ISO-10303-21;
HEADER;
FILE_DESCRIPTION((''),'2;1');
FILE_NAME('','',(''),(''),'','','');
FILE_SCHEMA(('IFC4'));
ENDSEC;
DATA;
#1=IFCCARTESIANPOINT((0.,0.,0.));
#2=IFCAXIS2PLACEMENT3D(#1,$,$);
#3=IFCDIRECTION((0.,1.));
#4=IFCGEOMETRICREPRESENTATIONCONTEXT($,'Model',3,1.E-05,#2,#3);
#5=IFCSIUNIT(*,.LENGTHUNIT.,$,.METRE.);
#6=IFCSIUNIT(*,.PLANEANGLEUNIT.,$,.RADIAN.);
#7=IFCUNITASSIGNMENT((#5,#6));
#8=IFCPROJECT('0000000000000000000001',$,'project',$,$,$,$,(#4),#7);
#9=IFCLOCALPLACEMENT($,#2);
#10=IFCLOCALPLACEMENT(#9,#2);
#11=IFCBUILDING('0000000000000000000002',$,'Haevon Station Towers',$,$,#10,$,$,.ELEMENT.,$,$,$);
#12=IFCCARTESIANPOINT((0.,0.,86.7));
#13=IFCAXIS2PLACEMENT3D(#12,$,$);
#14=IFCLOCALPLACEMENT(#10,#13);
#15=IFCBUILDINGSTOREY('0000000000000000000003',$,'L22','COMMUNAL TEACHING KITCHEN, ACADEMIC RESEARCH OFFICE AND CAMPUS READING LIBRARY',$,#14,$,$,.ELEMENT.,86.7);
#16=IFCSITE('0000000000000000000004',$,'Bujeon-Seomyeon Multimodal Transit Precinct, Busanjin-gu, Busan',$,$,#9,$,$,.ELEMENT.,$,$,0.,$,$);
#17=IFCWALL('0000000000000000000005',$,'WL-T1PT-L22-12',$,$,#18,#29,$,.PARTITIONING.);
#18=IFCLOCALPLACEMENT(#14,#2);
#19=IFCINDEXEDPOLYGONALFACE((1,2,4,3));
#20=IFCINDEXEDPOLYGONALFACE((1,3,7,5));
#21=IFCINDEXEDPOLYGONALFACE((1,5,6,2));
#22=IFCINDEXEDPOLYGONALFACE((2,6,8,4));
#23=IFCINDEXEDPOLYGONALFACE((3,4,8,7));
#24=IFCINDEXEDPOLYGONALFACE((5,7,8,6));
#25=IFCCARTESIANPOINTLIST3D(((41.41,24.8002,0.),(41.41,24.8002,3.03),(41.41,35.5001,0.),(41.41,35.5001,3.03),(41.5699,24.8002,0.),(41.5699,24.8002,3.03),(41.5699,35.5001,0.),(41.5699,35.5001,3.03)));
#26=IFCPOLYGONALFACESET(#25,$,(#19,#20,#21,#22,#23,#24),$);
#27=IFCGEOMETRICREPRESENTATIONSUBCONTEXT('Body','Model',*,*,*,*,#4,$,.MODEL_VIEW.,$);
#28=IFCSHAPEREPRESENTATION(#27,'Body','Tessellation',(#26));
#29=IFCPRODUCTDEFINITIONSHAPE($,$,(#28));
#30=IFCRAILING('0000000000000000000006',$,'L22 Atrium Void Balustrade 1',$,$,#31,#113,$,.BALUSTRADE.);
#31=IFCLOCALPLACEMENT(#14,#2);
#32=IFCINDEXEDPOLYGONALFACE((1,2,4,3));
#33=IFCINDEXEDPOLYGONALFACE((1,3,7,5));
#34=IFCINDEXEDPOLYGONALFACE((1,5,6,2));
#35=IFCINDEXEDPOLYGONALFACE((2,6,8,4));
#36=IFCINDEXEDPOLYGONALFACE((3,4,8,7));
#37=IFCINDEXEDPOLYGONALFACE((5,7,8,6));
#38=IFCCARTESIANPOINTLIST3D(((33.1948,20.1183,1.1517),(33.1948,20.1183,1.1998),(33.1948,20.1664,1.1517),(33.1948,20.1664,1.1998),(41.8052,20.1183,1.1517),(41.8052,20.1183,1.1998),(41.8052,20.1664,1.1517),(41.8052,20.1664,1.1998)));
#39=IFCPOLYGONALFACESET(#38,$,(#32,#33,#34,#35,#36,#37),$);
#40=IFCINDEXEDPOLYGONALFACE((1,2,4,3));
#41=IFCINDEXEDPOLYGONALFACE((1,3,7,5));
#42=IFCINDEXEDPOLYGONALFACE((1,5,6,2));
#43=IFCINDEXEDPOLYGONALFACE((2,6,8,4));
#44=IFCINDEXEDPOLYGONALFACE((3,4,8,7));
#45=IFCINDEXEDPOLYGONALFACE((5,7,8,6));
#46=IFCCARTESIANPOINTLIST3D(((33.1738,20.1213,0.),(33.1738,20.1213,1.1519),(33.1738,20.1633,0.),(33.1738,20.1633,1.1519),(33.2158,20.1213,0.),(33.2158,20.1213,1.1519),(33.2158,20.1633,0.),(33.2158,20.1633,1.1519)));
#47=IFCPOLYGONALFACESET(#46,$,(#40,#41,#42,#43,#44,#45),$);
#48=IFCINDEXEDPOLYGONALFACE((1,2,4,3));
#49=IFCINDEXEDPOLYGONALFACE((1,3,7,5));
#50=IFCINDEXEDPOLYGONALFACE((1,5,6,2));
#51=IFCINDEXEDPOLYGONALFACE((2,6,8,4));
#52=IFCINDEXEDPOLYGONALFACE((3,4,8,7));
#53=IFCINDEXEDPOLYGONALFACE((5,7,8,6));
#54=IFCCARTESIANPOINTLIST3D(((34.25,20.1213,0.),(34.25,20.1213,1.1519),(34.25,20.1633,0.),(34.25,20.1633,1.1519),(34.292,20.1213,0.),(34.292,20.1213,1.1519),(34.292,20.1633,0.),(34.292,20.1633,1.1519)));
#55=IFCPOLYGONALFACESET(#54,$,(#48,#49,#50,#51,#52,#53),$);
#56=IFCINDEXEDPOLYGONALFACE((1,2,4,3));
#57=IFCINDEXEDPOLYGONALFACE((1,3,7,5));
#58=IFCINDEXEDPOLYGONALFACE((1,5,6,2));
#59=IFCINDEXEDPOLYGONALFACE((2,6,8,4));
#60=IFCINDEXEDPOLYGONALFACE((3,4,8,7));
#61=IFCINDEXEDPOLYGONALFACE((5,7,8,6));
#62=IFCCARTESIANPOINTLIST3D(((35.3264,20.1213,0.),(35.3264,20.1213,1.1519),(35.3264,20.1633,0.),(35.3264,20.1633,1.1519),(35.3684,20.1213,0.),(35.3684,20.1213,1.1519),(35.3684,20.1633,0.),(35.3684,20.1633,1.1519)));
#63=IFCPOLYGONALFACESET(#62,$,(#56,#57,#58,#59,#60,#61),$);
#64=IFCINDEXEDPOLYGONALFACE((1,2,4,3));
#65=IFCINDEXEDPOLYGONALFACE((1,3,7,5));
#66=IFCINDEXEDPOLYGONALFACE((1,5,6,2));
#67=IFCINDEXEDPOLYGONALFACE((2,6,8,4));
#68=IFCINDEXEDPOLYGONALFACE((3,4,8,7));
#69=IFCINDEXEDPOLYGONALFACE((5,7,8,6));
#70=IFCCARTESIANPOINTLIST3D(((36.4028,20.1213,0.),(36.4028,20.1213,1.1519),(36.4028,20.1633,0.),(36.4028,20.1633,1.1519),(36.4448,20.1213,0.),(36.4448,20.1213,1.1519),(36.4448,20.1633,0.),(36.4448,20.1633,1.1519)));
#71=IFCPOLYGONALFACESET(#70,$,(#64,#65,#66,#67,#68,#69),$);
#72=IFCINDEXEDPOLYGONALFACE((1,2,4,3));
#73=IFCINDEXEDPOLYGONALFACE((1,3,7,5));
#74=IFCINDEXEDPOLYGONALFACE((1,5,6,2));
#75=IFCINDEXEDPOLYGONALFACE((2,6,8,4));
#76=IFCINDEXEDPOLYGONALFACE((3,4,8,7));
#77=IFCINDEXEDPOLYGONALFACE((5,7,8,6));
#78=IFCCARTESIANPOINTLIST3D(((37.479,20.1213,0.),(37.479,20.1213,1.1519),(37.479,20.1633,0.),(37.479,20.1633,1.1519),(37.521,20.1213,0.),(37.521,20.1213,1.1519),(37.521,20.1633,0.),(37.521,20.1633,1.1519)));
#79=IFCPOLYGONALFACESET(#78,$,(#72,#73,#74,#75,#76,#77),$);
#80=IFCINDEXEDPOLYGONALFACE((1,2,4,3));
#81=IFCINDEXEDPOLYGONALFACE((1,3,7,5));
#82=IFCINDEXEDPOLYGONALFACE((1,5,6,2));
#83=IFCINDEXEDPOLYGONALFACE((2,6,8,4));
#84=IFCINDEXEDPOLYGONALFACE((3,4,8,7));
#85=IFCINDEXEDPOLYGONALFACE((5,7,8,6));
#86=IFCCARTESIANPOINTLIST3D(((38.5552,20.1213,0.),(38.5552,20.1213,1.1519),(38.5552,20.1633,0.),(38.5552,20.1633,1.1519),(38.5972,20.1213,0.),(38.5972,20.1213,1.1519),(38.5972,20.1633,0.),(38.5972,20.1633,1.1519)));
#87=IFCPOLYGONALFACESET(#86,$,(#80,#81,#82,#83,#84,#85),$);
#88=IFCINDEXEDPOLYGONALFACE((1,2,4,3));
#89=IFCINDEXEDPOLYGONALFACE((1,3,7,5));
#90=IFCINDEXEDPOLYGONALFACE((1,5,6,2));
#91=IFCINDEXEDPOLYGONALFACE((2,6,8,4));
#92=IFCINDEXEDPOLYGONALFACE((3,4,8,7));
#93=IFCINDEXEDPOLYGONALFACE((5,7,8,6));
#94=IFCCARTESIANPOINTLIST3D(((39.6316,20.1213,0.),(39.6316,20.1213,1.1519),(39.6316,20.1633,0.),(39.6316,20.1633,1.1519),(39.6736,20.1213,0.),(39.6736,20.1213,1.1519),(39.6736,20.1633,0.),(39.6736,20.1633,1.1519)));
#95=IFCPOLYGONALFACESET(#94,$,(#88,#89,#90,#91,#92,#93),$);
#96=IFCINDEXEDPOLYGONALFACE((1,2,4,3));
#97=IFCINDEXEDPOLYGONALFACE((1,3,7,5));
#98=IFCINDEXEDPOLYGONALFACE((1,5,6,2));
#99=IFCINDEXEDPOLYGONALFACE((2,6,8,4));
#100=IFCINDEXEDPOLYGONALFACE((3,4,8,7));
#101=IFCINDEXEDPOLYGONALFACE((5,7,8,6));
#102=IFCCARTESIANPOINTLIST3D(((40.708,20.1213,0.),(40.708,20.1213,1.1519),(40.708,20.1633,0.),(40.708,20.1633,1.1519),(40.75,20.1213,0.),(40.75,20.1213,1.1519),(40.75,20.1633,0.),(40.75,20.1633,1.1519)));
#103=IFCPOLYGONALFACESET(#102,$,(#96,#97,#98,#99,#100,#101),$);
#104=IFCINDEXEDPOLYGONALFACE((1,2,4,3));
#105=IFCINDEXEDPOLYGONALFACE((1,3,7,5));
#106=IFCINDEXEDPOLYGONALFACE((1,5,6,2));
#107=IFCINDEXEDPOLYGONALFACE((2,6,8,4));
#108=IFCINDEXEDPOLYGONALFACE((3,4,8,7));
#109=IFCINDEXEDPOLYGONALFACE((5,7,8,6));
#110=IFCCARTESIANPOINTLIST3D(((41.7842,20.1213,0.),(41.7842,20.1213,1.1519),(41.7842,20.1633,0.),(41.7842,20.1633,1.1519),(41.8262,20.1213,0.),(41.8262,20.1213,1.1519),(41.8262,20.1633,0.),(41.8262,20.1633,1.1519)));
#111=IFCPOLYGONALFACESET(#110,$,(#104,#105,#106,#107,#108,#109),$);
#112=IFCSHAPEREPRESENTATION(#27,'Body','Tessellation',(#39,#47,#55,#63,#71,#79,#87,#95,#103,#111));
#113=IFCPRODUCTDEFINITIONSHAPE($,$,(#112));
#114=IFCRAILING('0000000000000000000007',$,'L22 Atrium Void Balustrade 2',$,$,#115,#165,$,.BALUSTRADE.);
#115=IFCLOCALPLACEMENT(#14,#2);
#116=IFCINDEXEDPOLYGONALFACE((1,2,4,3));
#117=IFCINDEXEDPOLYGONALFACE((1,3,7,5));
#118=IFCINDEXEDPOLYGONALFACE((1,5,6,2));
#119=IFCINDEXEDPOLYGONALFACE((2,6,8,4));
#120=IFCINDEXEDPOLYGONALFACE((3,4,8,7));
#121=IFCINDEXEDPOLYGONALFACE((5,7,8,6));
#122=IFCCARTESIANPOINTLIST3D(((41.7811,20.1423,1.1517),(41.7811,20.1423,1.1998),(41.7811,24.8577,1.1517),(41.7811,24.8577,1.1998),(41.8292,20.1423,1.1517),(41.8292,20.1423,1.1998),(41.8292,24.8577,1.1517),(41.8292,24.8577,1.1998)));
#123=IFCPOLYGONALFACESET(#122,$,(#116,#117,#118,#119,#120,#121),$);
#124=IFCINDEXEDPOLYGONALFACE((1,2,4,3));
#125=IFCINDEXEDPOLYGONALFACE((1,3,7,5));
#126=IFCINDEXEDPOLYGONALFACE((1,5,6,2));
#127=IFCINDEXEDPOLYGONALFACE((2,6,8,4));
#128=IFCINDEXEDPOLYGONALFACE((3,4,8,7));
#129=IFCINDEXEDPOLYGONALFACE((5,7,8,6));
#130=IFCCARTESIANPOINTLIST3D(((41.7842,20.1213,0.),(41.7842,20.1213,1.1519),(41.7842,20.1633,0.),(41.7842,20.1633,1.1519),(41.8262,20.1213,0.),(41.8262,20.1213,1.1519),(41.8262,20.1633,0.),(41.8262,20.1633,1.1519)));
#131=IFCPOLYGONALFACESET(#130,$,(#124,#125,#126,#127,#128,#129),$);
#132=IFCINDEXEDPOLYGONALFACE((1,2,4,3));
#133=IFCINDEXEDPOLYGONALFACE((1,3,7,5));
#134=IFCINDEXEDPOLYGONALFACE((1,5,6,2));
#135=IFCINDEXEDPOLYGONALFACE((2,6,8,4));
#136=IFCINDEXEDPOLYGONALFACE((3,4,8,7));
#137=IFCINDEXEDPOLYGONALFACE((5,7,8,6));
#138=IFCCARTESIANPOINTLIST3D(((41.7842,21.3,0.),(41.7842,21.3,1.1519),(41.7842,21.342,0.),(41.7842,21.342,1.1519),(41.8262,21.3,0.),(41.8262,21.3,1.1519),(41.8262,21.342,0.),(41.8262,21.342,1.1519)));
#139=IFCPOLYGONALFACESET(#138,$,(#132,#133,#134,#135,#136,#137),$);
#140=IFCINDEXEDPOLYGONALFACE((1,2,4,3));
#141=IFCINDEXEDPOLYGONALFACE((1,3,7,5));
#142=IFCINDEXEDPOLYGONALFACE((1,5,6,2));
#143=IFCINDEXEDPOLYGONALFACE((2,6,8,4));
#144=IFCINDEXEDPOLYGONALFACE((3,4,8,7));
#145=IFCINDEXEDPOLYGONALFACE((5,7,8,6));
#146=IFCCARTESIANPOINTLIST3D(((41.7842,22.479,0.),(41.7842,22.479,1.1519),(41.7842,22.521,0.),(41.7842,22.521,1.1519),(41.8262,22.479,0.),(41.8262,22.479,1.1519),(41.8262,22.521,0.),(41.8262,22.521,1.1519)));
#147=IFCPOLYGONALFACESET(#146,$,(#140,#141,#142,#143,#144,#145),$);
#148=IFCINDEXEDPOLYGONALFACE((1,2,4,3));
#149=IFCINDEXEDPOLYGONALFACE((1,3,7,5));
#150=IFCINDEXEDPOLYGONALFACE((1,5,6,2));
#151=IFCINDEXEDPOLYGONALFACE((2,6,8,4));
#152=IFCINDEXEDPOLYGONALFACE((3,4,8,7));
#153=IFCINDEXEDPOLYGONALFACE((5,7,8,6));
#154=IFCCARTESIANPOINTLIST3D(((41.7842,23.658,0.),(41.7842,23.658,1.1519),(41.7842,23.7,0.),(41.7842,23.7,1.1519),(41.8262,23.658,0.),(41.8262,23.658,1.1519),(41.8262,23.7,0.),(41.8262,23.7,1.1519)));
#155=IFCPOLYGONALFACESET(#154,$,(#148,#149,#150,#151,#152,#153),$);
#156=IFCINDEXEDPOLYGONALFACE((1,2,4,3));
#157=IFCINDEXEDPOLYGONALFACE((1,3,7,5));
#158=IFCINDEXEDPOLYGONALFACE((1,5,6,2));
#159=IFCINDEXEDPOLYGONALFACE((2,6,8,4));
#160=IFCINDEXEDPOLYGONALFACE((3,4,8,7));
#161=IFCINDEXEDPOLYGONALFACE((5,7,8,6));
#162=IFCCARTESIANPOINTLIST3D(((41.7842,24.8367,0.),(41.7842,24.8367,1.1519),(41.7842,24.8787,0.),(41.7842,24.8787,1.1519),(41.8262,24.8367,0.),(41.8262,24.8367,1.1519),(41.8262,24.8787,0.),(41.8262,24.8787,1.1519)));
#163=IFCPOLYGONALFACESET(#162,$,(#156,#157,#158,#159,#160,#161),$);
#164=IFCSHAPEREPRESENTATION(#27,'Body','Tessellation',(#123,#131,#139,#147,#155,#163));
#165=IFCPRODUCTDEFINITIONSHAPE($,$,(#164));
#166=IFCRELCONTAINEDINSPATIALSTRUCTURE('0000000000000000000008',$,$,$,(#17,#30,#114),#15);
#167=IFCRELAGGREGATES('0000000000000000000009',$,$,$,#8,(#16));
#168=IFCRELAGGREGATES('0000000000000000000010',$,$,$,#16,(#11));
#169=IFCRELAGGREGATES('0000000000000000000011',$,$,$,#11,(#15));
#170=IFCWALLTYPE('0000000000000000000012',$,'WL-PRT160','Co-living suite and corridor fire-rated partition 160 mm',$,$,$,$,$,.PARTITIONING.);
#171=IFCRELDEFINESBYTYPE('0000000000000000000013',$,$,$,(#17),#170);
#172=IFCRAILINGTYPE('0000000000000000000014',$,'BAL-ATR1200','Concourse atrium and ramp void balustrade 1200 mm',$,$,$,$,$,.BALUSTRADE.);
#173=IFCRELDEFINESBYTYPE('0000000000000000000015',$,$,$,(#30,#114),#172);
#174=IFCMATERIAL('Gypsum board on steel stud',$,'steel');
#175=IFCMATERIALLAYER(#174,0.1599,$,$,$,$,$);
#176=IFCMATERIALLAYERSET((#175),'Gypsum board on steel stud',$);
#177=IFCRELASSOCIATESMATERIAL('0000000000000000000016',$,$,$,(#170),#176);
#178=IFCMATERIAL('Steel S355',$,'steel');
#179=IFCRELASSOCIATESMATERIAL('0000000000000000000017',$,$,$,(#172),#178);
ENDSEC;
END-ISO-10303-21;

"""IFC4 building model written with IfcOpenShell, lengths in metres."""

from ifc_helpers import new_model, si_unit, direction, frame, frame_2d, origin, origin_2d, place, context, subcontext, project, spatial, rectangle, extrude, material, layer, layer_set, type_object, element, save


model = new_model("IFC4")

# Units and contexts
model_context = context("Model", 3, precision=1e-05, world=origin(), true_north=direction((0.0, 1.0)))
body_context = subcontext(model_context, "Body", "Model", "MODEL_VIEW")
ifc_project = project(units=[si_unit("LENGTHUNIT", "METRE"), si_unit("PLANEANGLEUNIT", "RADIAN")], contexts=[model_context])

# Site, building, storey
site_placement = place(None, origin())
site = spatial("IfcSite", under=ifc_project, at=site_placement, Name="Bujeon-Seomyeon Multimodal Transit Precinct, Busanjin-gu, Busan", CompositionType="ELEMENT", RefElevation=0.0)
building_placement = place(site_placement, origin())
building = spatial("IfcBuilding", under=site, at=building_placement, Name="Haevon Station Towers", CompositionType="ELEMENT")
storey_placement = place(building_placement, frame((0.0, 0.0, 86.7)))
storey = spatial("IfcBuildingStorey", under=building, at=storey_placement, Name="L22", Description="COMMUNAL TEACHING KITCHEN, ACADEMIC RESEARCH OFFICE AND CAMPUS READING LIBRARY", CompositionType="ELEMENT", Elevation=86.7)

# Shared definitions
ifc_material_1 = material(Name="Steel S355", Category="steel")

# Shared definitions
ifc_material_2 = material(Name="Gypsum board on steel stud", Category="steel")

# Wall
ifc_layer_1 = layer(ifc_material_2, 0.1599)
ifc_layer_set_1 = layer_set([ifc_layer_1], Name="Gypsum board on steel stud")
wall_type_1 = type_object("IfcWallType", Name="WL-PRT160", Description="Co-living suite and corridor fire-rated partition 160 mm", PredefinedType="PARTITIONING", material=ifc_layer_set_1)
for number, where, z_axis, x_axis, name in (
    (1, (41.49, 24.8, 0.0), (0.0, 0.0, 1.0), (0.0, 1.0, 0.0), "WL-T1PT-L22-12"),
):
    element("IfcWall", number, at=place(storey_placement, frame(where, z_axis=z_axis, x_axis=x_axis)), inside=storey, type_object=wall_type_1, Name=name, PredefinedType="PARTITIONING", context=body_context, shape_type="SweptSolid", body=[
        extrude(rectangle(XDim=10.7, YDim=0.1599, at=frame_2d((5.3501, 0.0))), origin(), (0.0, 0.0, 1.0), 3.03),
    ])

# Railings
railing_type = type_object("IfcRailingType", Name="BAL-ATR1200", Description="Concourse atrium and ramp void balustrade 1200 mm", PredefinedType="BALUSTRADE", material=ifc_material_1)
railing_1_placement = place(storey_placement, frame((33.1948, 20.1423, 0.0)))
element("IfcRailing", 2, at=railing_1_placement, inside=storey, type_object=railing_type, Name="L22 Atrium Void Balustrade 1", PredefinedType="BALUSTRADE", context=body_context, shape_type="SweptSolid", body=[
    extrude(rectangle(XDim=0.0481, YDim=0.0481, at=origin_2d()), frame((0.0, 0.0, 1.1758), z_axis=(1.0, 0.0, 0.0), x_axis=(0.0, 1.0, 0.0)), (0.0, 0.0, 1.0), 8.6104),
    extrude(rectangle(XDim=0.042, YDim=0.042, at=origin_2d()), origin(), (0.0, 0.0, 1.0), 1.1519),
    extrude(rectangle(XDim=0.042, YDim=0.042, at=origin_2d()), frame((1.0762, 0.0, 0.0)), (0.0, 0.0, 1.0), 1.1519),
    extrude(rectangle(XDim=0.042, YDim=0.042, at=origin_2d()), frame((2.1526, 0.0, 0.0)), (0.0, 0.0, 1.0), 1.1519),
    extrude(rectangle(XDim=0.042, YDim=0.042, at=origin_2d()), frame((3.229, 0.0, 0.0)), (0.0, 0.0, 1.0), 1.1519),
    extrude(rectangle(XDim=0.042, YDim=0.042, at=origin_2d()), frame((4.3052, 0.0, 0.0)), (0.0, 0.0, 1.0), 1.1519),
    extrude(rectangle(XDim=0.042, YDim=0.042, at=origin_2d()), frame((5.3813, 0.0, 0.0)), (0.0, 0.0, 1.0), 1.1519),
    extrude(rectangle(XDim=0.042, YDim=0.042, at=origin_2d()), frame((6.4578, 0.0, 0.0)), (0.0, 0.0, 1.0), 1.1519),
    extrude(rectangle(XDim=0.042, YDim=0.042, at=origin_2d()), frame((7.5342, 0.0, 0.0)), (0.0, 0.0, 1.0), 1.1519),
    extrude(rectangle(XDim=0.042, YDim=0.042, at=origin_2d()), frame((8.6104, 0.0, 0.0)), (0.0, 0.0, 1.0), 1.1519),
])
railing_2_placement = place(storey_placement, frame((41.8052, 20.1423, 0.0)))
element("IfcRailing", 3, at=railing_2_placement, inside=storey, type_object=railing_type, Name="L22 Atrium Void Balustrade 2", PredefinedType="BALUSTRADE", context=body_context, shape_type="SweptSolid", body=[
    extrude(rectangle(XDim=0.0481, YDim=0.0481, at=origin_2d()), frame((0.0, 0.0, 1.1758), z_axis=(0.0, 1.0, 0.0), x_axis=(-1.0, 0.0, 0.0)), (0.0, 0.0, 1.0), 4.7153),
    extrude(rectangle(XDim=0.042, YDim=0.042, at=origin_2d()), origin(), (0.0, 0.0, 1.0), 1.1519),
    extrude(rectangle(XDim=0.042, YDim=0.042, at=origin_2d()), frame((0.0, 1.1787, 0.0)), (0.0, 0.0, 1.0), 1.1519),
    extrude(rectangle(XDim=0.042, YDim=0.042, at=origin_2d()), frame((0.0, 2.3577, 0.0)), (0.0, 0.0, 1.0), 1.1519),
    extrude(rectangle(XDim=0.042, YDim=0.042, at=origin_2d()), frame((0.0, 3.5366, 0.0)), (0.0, 0.0, 1.0), 1.1519),
    extrude(rectangle(XDim=0.042, YDim=0.042, at=origin_2d()), frame((0.0, 4.7153, 0.0)), (0.0, 0.0, 1.0), 1.1519),
])

save(model, "model.ifc")
